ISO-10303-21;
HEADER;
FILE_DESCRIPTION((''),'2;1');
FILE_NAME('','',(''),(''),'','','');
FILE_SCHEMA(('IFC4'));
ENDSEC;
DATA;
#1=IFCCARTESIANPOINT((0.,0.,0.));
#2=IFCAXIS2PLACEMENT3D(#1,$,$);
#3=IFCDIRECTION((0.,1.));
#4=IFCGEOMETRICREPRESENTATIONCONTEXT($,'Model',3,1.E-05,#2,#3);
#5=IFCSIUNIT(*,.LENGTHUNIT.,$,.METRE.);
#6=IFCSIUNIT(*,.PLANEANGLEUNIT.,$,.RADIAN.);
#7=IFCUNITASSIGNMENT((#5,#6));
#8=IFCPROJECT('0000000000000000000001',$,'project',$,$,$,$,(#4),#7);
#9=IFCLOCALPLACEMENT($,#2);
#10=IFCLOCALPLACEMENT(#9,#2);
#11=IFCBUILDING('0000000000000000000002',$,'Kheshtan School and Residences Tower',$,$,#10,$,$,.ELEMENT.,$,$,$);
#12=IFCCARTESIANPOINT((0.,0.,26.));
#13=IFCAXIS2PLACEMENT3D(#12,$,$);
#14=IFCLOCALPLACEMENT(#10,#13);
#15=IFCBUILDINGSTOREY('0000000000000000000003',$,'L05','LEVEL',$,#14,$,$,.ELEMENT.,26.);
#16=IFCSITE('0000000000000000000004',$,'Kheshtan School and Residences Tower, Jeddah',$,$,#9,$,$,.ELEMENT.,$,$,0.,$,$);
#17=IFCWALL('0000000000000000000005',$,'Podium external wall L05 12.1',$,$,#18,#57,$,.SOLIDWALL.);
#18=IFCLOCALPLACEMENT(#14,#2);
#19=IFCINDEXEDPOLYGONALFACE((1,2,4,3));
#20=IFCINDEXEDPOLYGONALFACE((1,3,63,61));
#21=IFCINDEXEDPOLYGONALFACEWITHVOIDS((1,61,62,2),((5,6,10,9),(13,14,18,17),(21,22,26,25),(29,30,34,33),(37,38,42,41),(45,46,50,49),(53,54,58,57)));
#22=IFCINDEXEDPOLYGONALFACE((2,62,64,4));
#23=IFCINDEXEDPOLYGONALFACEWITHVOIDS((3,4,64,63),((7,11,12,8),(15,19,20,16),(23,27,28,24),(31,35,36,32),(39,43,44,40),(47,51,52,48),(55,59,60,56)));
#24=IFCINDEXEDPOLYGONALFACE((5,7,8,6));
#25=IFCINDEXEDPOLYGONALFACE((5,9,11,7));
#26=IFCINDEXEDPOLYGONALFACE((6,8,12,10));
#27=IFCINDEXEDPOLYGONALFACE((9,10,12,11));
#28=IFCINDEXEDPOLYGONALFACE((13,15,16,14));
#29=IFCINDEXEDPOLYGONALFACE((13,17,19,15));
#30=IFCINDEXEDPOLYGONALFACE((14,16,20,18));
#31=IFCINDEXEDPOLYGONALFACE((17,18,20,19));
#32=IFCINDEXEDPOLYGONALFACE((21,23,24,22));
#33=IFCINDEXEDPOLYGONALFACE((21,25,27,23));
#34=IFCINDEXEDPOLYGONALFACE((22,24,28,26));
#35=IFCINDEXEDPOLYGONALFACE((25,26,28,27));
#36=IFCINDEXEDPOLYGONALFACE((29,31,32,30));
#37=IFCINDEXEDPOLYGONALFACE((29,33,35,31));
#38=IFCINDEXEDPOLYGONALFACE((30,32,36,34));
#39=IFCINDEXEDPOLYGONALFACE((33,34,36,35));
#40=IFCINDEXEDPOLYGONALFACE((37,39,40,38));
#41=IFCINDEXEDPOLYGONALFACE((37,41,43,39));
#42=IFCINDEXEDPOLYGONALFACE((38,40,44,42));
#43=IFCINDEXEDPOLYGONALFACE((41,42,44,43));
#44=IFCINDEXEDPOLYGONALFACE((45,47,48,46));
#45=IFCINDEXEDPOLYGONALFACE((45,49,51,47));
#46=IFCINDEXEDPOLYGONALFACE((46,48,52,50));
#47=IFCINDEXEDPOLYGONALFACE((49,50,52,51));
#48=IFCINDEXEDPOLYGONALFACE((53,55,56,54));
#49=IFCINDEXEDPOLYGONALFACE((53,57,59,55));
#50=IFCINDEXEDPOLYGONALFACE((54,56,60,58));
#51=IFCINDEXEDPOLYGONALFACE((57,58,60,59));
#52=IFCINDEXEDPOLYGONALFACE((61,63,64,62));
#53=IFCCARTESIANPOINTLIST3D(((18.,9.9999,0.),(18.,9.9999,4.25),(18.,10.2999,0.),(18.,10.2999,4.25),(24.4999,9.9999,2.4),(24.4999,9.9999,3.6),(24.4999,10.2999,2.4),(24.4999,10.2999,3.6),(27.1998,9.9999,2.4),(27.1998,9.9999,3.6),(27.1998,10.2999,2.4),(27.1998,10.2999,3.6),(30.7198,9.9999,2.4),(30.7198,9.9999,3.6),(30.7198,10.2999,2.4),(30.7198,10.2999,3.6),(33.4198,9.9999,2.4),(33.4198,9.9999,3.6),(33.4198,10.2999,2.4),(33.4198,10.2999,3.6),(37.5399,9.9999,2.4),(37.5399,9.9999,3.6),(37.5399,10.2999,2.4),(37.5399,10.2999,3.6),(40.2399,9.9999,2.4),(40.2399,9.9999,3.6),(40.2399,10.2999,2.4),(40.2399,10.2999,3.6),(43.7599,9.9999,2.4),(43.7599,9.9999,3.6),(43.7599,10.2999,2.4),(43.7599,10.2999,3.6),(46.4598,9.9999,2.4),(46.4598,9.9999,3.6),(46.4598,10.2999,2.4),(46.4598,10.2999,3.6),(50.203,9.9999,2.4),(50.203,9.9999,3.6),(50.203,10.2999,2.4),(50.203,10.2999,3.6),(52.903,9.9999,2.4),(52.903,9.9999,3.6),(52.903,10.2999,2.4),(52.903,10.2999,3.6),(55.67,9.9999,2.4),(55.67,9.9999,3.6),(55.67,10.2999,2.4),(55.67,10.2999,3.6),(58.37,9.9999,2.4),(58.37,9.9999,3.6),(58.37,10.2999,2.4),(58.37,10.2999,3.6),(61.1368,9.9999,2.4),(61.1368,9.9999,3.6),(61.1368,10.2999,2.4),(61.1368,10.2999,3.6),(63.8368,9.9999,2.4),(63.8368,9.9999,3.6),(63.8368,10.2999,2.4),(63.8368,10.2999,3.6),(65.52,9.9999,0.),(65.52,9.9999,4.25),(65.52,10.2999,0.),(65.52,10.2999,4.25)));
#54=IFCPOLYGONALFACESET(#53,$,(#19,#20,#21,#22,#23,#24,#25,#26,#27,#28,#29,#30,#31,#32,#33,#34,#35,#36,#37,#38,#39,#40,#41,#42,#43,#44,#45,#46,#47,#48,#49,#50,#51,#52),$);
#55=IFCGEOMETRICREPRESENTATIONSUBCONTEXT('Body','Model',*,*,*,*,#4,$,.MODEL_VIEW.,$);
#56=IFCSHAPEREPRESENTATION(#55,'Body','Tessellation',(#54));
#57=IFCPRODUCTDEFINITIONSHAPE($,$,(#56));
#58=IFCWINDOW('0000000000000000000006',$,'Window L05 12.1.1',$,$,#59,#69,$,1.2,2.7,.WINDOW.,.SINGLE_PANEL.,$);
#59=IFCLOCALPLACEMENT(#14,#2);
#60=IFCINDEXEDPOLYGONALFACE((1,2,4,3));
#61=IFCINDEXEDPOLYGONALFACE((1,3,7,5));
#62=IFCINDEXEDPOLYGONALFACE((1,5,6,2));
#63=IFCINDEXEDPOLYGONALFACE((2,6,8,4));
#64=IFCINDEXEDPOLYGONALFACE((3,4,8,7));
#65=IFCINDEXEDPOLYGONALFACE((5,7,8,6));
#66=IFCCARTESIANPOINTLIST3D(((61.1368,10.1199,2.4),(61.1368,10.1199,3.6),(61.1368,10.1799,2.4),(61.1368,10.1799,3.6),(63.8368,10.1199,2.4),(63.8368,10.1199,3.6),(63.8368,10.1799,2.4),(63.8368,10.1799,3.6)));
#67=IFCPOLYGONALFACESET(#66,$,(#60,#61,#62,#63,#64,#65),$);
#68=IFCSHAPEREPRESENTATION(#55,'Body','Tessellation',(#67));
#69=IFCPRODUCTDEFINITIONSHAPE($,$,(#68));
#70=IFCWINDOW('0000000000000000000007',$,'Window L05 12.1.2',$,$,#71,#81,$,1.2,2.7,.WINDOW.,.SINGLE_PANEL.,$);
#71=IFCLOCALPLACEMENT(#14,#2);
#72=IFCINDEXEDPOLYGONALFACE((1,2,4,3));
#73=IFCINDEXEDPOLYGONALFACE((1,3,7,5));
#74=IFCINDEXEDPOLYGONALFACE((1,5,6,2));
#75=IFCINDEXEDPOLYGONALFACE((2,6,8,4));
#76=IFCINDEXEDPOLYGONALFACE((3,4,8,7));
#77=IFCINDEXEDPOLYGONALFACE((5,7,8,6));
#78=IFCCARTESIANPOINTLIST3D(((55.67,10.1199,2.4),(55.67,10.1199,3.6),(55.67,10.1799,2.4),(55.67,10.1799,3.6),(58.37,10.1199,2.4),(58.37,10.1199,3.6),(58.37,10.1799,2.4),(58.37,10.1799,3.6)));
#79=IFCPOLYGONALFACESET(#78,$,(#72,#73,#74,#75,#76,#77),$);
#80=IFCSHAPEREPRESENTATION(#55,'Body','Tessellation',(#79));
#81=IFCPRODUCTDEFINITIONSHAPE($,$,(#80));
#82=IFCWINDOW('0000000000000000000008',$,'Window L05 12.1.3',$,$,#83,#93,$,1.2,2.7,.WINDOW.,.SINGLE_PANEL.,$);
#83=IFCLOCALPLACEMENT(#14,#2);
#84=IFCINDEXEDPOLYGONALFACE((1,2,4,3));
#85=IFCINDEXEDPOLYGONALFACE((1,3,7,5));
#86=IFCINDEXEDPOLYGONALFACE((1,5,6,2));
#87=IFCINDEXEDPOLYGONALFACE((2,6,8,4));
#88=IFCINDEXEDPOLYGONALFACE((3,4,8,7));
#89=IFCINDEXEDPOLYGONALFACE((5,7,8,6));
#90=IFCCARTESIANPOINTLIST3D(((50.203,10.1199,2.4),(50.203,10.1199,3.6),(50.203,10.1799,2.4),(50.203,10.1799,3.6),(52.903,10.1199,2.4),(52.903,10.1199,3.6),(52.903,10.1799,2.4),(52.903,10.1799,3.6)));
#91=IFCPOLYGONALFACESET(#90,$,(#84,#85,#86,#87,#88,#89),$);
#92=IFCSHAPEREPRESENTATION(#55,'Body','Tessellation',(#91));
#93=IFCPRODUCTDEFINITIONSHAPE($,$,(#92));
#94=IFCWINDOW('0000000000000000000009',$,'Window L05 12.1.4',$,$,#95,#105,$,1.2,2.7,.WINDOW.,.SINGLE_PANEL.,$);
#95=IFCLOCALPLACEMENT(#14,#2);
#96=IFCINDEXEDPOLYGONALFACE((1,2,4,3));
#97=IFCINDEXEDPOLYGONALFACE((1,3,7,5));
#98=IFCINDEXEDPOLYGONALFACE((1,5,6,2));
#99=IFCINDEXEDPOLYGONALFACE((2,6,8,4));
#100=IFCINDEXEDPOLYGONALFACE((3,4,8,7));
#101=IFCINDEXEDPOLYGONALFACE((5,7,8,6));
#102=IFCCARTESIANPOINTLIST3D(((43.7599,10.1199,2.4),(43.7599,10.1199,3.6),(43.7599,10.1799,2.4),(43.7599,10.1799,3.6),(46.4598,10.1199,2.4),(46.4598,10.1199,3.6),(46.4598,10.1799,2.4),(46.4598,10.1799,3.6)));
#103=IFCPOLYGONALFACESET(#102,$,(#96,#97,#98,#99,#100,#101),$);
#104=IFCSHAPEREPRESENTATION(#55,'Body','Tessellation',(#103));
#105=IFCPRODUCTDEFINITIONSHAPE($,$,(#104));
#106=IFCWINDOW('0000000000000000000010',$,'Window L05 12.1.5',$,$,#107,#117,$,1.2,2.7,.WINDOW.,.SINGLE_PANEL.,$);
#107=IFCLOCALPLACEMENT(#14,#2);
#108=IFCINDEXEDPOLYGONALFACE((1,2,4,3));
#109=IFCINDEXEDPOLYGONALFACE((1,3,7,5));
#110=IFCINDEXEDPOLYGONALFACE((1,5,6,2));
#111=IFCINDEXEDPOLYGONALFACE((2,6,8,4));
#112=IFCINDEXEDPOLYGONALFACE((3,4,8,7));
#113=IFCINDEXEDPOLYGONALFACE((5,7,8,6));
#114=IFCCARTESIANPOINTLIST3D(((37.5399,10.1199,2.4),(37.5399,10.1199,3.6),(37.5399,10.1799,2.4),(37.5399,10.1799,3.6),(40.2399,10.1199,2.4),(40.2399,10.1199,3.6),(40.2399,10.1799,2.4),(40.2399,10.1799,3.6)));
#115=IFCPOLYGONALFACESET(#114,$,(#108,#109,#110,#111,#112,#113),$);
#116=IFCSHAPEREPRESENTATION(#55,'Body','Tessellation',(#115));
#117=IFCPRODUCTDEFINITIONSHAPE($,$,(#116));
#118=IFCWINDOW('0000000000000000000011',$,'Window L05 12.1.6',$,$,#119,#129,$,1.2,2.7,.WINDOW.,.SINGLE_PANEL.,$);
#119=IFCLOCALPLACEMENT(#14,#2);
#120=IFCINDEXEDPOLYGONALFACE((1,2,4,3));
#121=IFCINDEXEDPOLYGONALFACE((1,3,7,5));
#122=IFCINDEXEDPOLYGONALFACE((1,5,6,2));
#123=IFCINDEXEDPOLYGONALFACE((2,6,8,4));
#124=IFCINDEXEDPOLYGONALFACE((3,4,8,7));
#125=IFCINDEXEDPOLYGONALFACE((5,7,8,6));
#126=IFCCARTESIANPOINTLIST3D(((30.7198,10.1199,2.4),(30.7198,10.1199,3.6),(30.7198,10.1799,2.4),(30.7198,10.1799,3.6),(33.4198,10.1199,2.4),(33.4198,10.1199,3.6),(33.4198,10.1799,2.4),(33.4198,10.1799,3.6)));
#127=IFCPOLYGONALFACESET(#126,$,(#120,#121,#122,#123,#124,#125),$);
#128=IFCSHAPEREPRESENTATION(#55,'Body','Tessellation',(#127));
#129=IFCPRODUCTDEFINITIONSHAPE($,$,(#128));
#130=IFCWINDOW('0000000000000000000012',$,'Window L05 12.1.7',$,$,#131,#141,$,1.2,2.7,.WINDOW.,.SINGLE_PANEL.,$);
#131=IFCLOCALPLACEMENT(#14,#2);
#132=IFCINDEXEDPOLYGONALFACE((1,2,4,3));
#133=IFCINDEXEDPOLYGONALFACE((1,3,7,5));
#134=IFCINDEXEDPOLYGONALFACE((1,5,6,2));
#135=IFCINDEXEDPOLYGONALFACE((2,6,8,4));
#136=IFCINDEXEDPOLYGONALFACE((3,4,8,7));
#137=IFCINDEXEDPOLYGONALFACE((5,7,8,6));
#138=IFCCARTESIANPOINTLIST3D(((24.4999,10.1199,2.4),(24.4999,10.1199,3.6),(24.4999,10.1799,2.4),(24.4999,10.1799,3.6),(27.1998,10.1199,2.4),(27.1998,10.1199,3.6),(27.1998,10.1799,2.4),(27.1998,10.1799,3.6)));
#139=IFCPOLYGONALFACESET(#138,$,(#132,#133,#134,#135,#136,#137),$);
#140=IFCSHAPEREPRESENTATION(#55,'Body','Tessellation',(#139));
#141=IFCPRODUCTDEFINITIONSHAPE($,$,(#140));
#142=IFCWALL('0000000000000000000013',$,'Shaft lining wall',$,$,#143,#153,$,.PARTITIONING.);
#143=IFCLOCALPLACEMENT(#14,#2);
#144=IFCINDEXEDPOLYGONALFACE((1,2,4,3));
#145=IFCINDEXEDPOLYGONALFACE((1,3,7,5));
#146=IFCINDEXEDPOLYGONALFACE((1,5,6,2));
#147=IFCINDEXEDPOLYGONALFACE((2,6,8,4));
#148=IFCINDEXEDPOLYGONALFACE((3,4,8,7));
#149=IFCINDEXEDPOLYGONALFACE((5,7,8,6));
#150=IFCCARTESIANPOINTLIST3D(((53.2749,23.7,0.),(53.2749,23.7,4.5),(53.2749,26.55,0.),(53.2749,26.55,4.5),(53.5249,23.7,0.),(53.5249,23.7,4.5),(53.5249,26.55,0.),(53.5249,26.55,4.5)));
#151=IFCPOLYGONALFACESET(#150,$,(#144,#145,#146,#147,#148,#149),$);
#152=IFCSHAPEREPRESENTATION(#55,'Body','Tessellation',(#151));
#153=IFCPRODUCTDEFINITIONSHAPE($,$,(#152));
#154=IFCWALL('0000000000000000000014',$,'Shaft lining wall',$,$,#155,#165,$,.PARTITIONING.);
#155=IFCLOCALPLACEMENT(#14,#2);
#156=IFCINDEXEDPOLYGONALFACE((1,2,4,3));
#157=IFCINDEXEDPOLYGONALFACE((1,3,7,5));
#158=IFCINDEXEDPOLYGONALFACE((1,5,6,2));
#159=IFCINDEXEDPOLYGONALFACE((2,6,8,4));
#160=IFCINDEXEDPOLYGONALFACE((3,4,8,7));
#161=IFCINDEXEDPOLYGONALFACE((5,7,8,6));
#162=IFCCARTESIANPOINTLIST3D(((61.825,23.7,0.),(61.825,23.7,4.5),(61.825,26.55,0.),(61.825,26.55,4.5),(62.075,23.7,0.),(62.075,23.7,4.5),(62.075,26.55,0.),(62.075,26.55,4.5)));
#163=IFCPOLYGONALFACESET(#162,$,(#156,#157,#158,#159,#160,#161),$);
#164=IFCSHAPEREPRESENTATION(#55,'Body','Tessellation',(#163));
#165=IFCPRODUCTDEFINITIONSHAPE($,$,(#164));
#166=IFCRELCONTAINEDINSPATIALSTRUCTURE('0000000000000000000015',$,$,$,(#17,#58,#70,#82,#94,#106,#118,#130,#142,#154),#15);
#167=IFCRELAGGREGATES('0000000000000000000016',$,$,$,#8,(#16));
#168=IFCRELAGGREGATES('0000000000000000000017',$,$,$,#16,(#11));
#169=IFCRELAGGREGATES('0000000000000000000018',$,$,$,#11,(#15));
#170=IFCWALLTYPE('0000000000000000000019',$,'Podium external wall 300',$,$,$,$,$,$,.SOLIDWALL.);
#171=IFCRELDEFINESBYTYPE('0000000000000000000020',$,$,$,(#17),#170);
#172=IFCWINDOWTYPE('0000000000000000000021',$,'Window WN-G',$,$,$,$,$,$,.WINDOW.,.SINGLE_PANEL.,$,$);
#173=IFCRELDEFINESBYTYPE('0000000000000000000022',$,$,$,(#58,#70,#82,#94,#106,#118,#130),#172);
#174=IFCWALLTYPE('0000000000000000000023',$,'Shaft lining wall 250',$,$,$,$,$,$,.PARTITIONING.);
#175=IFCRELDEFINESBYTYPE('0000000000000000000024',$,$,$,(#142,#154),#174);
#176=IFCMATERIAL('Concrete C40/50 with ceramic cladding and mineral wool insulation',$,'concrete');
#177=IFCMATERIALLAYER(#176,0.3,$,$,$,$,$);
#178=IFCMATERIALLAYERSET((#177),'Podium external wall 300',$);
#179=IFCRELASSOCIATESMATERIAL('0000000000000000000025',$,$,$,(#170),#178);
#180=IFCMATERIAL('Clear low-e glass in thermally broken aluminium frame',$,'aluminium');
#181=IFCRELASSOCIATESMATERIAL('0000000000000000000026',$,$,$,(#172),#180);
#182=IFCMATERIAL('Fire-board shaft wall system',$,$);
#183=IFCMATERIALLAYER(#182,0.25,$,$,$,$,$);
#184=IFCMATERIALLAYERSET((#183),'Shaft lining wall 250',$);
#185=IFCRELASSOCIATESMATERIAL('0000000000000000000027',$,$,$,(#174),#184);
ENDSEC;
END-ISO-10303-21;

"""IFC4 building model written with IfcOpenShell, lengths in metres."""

from ifc_helpers import new_model, si_unit, direction, frame, frame_2d, origin, place, context, subcontext, project, spatial, rectangle, extrude, source, transform, mapped, material, layer, layer_set, type_object, element, fill, save


model = new_model("IFC4")

# Units and contexts
model_context = context("Model", 3, precision=1e-05, world=origin(), true_north=direction((0.0, 1.0)))
body_context = subcontext(model_context, "Body", "Model", "MODEL_VIEW")
ifc_project = project(units=[si_unit("LENGTHUNIT", "METRE"), si_unit("PLANEANGLEUNIT", "RADIAN")], contexts=[model_context])

# Site, building, storey
site_placement = place(None, origin())
site = spatial("IfcSite", under=ifc_project, at=site_placement, Name="Kheshtan School and Residences Tower, Jeddah", CompositionType="ELEMENT", RefElevation=0.0)
building_placement = place(site_placement, origin())
building = spatial("IfcBuilding", under=site, at=building_placement, Name="Kheshtan School and Residences Tower", CompositionType="ELEMENT")
storey_placement = place(building_placement, frame((0.0, 0.0, 26.0)))
storey = spatial("IfcBuildingStorey", under=building, at=storey_placement, Name="L05", Description="LEVEL", CompositionType="ELEMENT", Elevation=26.0)

# Shared definitions
ifc_material_1 = material(Name="Clear low-e glass in thermally broken aluminium frame", Category="aluminium")

# Wall, openings, windows
ifc_material_2 = material(Name="Concrete C40/50 with ceramic cladding and mineral wool insulation", Category="concrete")
ifc_layer_1 = layer(ifc_material_2, 0.3)
ifc_layer_set_1 = layer_set([ifc_layer_1], Name="Podium external wall 300")
wall_type_1 = type_object("IfcWallType", Name="Podium external wall 300", PredefinedType="SOLIDWALL", material=ifc_layer_set_1)
wall_1_placement = place(storey_placement, frame((65.52, 10.1499, 0.0), z_axis=(0.0, 0.0, 1.0), x_axis=(-1.0, 0.0, 0.0)))
wall_1 = element("IfcWall", 1, at=wall_1_placement, inside=storey, type_object=wall_type_1, Name="Podium external wall L05 12.1", PredefinedType="SOLIDWALL", context=body_context, shape_type="SweptSolid", body=[
    extrude(rectangle(XDim=47.52, YDim=0.3, at=frame_2d((23.76, 0.0))), origin(), (0.0, 0.0, 1.0), 4.25),
])
opening_1_placement = place(wall_1_placement, frame((1.6831, 0.0, 2.3999)))
opening_1 = element("IfcOpeningElement", 2, at=opening_1_placement, cuts=wall_1, PredefinedType="OPENING", context=body_context, shape_type="SweptSolid", body=[
    extrude(rectangle(XDim=2.7, YDim=1.2, at=frame_2d((1.3501, 0.6001))), frame((0.0, 0.1602, 0.0), z_axis=(0.0, -1.0, 0.0), x_axis=(1.0, 0.0, 0.0)), (0.0, 0.0, 1.0), 0.3201),
])
opening_2_placement = place(wall_1_placement, frame((7.1499, 0.0, 2.3999)))
opening_2 = element("IfcOpeningElement", 3, at=opening_2_placement, cuts=wall_1, PredefinedType="OPENING", context=body_context, shape_type="SweptSolid", body=[
    extrude(rectangle(XDim=2.7, YDim=1.2, at=frame_2d((1.3501, 0.6001))), frame((0.0, 0.1602, 0.0), z_axis=(0.0, -1.0, 0.0), x_axis=(1.0, 0.0, 0.0)), (0.0, 0.0, 1.0), 0.3201),
])
opening_3_placement = place(wall_1_placement, frame((12.6169, 0.0, 2.3999)))
opening_3 = element("IfcOpeningElement", 4, at=opening_3_placement, cuts=wall_1, PredefinedType="OPENING", context=body_context, shape_type="SweptSolid", body=[
    extrude(rectangle(XDim=2.7, YDim=1.2, at=frame_2d((1.3501, 0.6001))), frame((0.0, 0.1602, 0.0), z_axis=(0.0, -1.0, 0.0), x_axis=(1.0, 0.0, 0.0)), (0.0, 0.0, 1.0), 0.3201),
])
opening_4_placement = place(wall_1_placement, frame((19.0601, 0.0, 2.3999)))
opening_4 = element("IfcOpeningElement", 5, at=opening_4_placement, cuts=wall_1, PredefinedType="OPENING", context=body_context, shape_type="SweptSolid", body=[
    extrude(rectangle(XDim=2.7, YDim=1.2, at=frame_2d((1.3501, 0.6001))), frame((0.0, 0.1602, 0.0), z_axis=(0.0, -1.0, 0.0), x_axis=(1.0, 0.0, 0.0)), (0.0, 0.0, 1.0), 0.3201),
])
opening_5_placement = place(wall_1_placement, frame((25.28, 0.0, 2.3999)))
opening_5 = element("IfcOpeningElement", 6, at=opening_5_placement, cuts=wall_1, PredefinedType="OPENING", context=body_context, shape_type="SweptSolid", body=[
    extrude(rectangle(XDim=2.7, YDim=1.2, at=frame_2d((1.3501, 0.6001))), frame((0.0, 0.1602, 0.0), z_axis=(0.0, -1.0, 0.0), x_axis=(1.0, 0.0, 0.0)), (0.0, 0.0, 1.0), 0.3201),
])
opening_6_placement = place(wall_1_placement, frame((32.1001, 0.0, 2.3999)))
opening_6 = element("IfcOpeningElement", 7, at=opening_6_placement, cuts=wall_1, PredefinedType="OPENING", context=body_context, shape_type="SweptSolid", body=[
    extrude(rectangle(XDim=2.7, YDim=1.2, at=frame_2d((1.3501, 0.6001))), frame((0.0, 0.1602, 0.0), z_axis=(0.0, -1.0, 0.0), x_axis=(1.0, 0.0, 0.0)), (0.0, 0.0, 1.0), 0.3201),
])
opening_7_placement = place(wall_1_placement, frame((38.3201, 0.0, 2.3999)))
opening_7 = element("IfcOpeningElement", 8, at=opening_7_placement, cuts=wall_1, PredefinedType="OPENING", context=body_context, shape_type="SweptSolid", body=[
    extrude(rectangle(XDim=2.7, YDim=1.2, at=frame_2d((1.3501, 0.6001))), frame((0.0, 0.1602, 0.0), z_axis=(0.0, -1.0, 0.0), x_axis=(1.0, 0.0, 0.0)), (0.0, 0.0, 1.0), 0.3201),
])
window_type = type_object("IfcWindowType", Name="Window WN-G", PartitioningType="SINGLE_PANEL", PredefinedType="WINDOW", material=ifc_material_1)
shared_shape = source(origin(), body_context, "Body", "SweptSolid", [
    extrude(rectangle(XDim=2.7, YDim=1.2, at=frame_2d((1.3501, 0.6001))), frame((0.0, 0.03, 0.0), z_axis=(0.0, -1.0, 0.0), x_axis=(1.0, 0.0, 0.0)), (0.0, 0.0, 1.0), 0.0601),
])
window_1_placement = place(opening_1_placement, origin())
window_1 = element("IfcWindow", 9, at=window_1_placement, inside=storey, type_object=window_type, Name="Window L05 12.1.1", OverallHeight=1.2, OverallWidth=2.7, PartitioningType="SINGLE_PANEL", PredefinedType="WINDOW", context=body_context, shape_type="MappedRepresentation", body=[
    mapped(shared_shape, transform((0.0, 0.0, 0.0), x_axis=(1.0, 0.0, 0.0), y_axis=(0.0, 1.0, 0.0), z_axis=(0.0, 0.0, 1.0), scale=1.0)),
])
fill(opening_1, window_1)
window_2_placement = place(opening_2_placement, origin())
window_2 = element("IfcWindow", 10, at=window_2_placement, inside=storey, type_object=window_type, Name="Window L05 12.1.2", OverallHeight=1.2, OverallWidth=2.7, PartitioningType="SINGLE_PANEL", PredefinedType="WINDOW", context=body_context, shape_type="MappedRepresentation", body=[
    mapped(shared_shape, transform((0.0, 0.0, 0.0), x_axis=(1.0, 0.0, 0.0), y_axis=(0.0, 1.0, 0.0), z_axis=(0.0, 0.0, 1.0), scale=1.0)),
])
fill(opening_2, window_2)
window_3_placement = place(opening_3_placement, origin())
window_3 = element("IfcWindow", 11, at=window_3_placement, inside=storey, type_object=window_type, Name="Window L05 12.1.3", OverallHeight=1.2, OverallWidth=2.7, PartitioningType="SINGLE_PANEL", PredefinedType="WINDOW", context=body_context, shape_type="MappedRepresentation", body=[
    mapped(shared_shape, transform((0.0, 0.0, 0.0), x_axis=(1.0, 0.0, 0.0), y_axis=(0.0, 1.0, 0.0), z_axis=(0.0, 0.0, 1.0), scale=1.0)),
])
fill(opening_3, window_3)
window_4_placement = place(opening_4_placement, origin())
window_4 = element("IfcWindow", 12, at=window_4_placement, inside=storey, type_object=window_type, Name="Window L05 12.1.4", OverallHeight=1.2, OverallWidth=2.7, PartitioningType="SINGLE_PANEL", PredefinedType="WINDOW", context=body_context, shape_type="MappedRepresentation", body=[
    mapped(shared_shape, transform((0.0, 0.0, 0.0), x_axis=(1.0, 0.0, 0.0), y_axis=(0.0, 1.0, 0.0), z_axis=(0.0, 0.0, 1.0), scale=1.0)),
])
fill(opening_4, window_4)
window_5_placement = place(opening_5_placement, origin())
window_5 = element("IfcWindow", 13, at=window_5_placement, inside=storey, type_object=window_type, Name="Window L05 12.1.5", OverallHeight=1.2, OverallWidth=2.7, PartitioningType="SINGLE_PANEL", PredefinedType="WINDOW", context=body_context, shape_type="MappedRepresentation", body=[
    mapped(shared_shape, transform((0.0, 0.0, 0.0), x_axis=(1.0, 0.0, 0.0), y_axis=(0.0, 1.0, 0.0), z_axis=(0.0, 0.0, 1.0), scale=1.0)),
])
fill(opening_5, window_5)
window_6_placement = place(opening_6_placement, origin())
window_6 = element("IfcWindow", 14, at=window_6_placement, inside=storey, type_object=window_type, Name="Window L05 12.1.6", OverallHeight=1.2, OverallWidth=2.7, PartitioningType="SINGLE_PANEL", PredefinedType="WINDOW", context=body_context, shape_type="MappedRepresentation", body=[
    mapped(shared_shape, transform((0.0, 0.0, 0.0), x_axis=(1.0, 0.0, 0.0), y_axis=(0.0, 1.0, 0.0), z_axis=(0.0, 0.0, 1.0), scale=1.0)),
])
fill(opening_6, window_6)
window_7_placement = place(opening_7_placement, origin())
window_7 = element("IfcWindow", 15, at=window_7_placement, inside=storey, type_object=window_type, Name="Window L05 12.1.7", OverallHeight=1.2, OverallWidth=2.7, PartitioningType="SINGLE_PANEL", PredefinedType="WINDOW", context=body_context, shape_type="MappedRepresentation", body=[
    mapped(shared_shape, transform((0.0, 0.0, 0.0), x_axis=(1.0, 0.0, 0.0), y_axis=(0.0, 1.0, 0.0), z_axis=(0.0, 0.0, 1.0), scale=1.0)),
])
fill(opening_7, window_7)

# Walls
ifc_material_3 = material(Name="Fire-board shaft wall system")
ifc_layer_2 = layer(ifc_material_3, 0.25)
ifc_layer_set_2 = layer_set([ifc_layer_2], Name="Shaft lining wall 250")
wall_type_2 = type_object("IfcWallType", Name="Shaft lining wall 250", PredefinedType="PARTITIONING", material=ifc_layer_set_2)
for number, where, z_axis, x_axis, name in (
    (16, (53.3999, 23.7, 0.0), (0.0, 0.0, 1.0), (0.0, 1.0, 0.0), "Shaft lining wall"),
    (17, (61.95, 23.7, 0.0), (0.0, 0.0, 1.0), (0.0, 1.0, 0.0), "Shaft lining wall"),
):
    element("IfcWall", number, at=place(storey_placement, frame(where, z_axis=z_axis, x_axis=x_axis)), inside=storey, type_object=wall_type_2, Name=name, PredefinedType="PARTITIONING", context=body_context, shape_type="SweptSolid", body=[
        extrude(rectangle(XDim=2.8501, YDim=0.25, at=frame_2d((1.425, 0.0))), origin(), (0.0, 0.0, 1.0), 4.5),
    ])

save(model, "model.ifc")
